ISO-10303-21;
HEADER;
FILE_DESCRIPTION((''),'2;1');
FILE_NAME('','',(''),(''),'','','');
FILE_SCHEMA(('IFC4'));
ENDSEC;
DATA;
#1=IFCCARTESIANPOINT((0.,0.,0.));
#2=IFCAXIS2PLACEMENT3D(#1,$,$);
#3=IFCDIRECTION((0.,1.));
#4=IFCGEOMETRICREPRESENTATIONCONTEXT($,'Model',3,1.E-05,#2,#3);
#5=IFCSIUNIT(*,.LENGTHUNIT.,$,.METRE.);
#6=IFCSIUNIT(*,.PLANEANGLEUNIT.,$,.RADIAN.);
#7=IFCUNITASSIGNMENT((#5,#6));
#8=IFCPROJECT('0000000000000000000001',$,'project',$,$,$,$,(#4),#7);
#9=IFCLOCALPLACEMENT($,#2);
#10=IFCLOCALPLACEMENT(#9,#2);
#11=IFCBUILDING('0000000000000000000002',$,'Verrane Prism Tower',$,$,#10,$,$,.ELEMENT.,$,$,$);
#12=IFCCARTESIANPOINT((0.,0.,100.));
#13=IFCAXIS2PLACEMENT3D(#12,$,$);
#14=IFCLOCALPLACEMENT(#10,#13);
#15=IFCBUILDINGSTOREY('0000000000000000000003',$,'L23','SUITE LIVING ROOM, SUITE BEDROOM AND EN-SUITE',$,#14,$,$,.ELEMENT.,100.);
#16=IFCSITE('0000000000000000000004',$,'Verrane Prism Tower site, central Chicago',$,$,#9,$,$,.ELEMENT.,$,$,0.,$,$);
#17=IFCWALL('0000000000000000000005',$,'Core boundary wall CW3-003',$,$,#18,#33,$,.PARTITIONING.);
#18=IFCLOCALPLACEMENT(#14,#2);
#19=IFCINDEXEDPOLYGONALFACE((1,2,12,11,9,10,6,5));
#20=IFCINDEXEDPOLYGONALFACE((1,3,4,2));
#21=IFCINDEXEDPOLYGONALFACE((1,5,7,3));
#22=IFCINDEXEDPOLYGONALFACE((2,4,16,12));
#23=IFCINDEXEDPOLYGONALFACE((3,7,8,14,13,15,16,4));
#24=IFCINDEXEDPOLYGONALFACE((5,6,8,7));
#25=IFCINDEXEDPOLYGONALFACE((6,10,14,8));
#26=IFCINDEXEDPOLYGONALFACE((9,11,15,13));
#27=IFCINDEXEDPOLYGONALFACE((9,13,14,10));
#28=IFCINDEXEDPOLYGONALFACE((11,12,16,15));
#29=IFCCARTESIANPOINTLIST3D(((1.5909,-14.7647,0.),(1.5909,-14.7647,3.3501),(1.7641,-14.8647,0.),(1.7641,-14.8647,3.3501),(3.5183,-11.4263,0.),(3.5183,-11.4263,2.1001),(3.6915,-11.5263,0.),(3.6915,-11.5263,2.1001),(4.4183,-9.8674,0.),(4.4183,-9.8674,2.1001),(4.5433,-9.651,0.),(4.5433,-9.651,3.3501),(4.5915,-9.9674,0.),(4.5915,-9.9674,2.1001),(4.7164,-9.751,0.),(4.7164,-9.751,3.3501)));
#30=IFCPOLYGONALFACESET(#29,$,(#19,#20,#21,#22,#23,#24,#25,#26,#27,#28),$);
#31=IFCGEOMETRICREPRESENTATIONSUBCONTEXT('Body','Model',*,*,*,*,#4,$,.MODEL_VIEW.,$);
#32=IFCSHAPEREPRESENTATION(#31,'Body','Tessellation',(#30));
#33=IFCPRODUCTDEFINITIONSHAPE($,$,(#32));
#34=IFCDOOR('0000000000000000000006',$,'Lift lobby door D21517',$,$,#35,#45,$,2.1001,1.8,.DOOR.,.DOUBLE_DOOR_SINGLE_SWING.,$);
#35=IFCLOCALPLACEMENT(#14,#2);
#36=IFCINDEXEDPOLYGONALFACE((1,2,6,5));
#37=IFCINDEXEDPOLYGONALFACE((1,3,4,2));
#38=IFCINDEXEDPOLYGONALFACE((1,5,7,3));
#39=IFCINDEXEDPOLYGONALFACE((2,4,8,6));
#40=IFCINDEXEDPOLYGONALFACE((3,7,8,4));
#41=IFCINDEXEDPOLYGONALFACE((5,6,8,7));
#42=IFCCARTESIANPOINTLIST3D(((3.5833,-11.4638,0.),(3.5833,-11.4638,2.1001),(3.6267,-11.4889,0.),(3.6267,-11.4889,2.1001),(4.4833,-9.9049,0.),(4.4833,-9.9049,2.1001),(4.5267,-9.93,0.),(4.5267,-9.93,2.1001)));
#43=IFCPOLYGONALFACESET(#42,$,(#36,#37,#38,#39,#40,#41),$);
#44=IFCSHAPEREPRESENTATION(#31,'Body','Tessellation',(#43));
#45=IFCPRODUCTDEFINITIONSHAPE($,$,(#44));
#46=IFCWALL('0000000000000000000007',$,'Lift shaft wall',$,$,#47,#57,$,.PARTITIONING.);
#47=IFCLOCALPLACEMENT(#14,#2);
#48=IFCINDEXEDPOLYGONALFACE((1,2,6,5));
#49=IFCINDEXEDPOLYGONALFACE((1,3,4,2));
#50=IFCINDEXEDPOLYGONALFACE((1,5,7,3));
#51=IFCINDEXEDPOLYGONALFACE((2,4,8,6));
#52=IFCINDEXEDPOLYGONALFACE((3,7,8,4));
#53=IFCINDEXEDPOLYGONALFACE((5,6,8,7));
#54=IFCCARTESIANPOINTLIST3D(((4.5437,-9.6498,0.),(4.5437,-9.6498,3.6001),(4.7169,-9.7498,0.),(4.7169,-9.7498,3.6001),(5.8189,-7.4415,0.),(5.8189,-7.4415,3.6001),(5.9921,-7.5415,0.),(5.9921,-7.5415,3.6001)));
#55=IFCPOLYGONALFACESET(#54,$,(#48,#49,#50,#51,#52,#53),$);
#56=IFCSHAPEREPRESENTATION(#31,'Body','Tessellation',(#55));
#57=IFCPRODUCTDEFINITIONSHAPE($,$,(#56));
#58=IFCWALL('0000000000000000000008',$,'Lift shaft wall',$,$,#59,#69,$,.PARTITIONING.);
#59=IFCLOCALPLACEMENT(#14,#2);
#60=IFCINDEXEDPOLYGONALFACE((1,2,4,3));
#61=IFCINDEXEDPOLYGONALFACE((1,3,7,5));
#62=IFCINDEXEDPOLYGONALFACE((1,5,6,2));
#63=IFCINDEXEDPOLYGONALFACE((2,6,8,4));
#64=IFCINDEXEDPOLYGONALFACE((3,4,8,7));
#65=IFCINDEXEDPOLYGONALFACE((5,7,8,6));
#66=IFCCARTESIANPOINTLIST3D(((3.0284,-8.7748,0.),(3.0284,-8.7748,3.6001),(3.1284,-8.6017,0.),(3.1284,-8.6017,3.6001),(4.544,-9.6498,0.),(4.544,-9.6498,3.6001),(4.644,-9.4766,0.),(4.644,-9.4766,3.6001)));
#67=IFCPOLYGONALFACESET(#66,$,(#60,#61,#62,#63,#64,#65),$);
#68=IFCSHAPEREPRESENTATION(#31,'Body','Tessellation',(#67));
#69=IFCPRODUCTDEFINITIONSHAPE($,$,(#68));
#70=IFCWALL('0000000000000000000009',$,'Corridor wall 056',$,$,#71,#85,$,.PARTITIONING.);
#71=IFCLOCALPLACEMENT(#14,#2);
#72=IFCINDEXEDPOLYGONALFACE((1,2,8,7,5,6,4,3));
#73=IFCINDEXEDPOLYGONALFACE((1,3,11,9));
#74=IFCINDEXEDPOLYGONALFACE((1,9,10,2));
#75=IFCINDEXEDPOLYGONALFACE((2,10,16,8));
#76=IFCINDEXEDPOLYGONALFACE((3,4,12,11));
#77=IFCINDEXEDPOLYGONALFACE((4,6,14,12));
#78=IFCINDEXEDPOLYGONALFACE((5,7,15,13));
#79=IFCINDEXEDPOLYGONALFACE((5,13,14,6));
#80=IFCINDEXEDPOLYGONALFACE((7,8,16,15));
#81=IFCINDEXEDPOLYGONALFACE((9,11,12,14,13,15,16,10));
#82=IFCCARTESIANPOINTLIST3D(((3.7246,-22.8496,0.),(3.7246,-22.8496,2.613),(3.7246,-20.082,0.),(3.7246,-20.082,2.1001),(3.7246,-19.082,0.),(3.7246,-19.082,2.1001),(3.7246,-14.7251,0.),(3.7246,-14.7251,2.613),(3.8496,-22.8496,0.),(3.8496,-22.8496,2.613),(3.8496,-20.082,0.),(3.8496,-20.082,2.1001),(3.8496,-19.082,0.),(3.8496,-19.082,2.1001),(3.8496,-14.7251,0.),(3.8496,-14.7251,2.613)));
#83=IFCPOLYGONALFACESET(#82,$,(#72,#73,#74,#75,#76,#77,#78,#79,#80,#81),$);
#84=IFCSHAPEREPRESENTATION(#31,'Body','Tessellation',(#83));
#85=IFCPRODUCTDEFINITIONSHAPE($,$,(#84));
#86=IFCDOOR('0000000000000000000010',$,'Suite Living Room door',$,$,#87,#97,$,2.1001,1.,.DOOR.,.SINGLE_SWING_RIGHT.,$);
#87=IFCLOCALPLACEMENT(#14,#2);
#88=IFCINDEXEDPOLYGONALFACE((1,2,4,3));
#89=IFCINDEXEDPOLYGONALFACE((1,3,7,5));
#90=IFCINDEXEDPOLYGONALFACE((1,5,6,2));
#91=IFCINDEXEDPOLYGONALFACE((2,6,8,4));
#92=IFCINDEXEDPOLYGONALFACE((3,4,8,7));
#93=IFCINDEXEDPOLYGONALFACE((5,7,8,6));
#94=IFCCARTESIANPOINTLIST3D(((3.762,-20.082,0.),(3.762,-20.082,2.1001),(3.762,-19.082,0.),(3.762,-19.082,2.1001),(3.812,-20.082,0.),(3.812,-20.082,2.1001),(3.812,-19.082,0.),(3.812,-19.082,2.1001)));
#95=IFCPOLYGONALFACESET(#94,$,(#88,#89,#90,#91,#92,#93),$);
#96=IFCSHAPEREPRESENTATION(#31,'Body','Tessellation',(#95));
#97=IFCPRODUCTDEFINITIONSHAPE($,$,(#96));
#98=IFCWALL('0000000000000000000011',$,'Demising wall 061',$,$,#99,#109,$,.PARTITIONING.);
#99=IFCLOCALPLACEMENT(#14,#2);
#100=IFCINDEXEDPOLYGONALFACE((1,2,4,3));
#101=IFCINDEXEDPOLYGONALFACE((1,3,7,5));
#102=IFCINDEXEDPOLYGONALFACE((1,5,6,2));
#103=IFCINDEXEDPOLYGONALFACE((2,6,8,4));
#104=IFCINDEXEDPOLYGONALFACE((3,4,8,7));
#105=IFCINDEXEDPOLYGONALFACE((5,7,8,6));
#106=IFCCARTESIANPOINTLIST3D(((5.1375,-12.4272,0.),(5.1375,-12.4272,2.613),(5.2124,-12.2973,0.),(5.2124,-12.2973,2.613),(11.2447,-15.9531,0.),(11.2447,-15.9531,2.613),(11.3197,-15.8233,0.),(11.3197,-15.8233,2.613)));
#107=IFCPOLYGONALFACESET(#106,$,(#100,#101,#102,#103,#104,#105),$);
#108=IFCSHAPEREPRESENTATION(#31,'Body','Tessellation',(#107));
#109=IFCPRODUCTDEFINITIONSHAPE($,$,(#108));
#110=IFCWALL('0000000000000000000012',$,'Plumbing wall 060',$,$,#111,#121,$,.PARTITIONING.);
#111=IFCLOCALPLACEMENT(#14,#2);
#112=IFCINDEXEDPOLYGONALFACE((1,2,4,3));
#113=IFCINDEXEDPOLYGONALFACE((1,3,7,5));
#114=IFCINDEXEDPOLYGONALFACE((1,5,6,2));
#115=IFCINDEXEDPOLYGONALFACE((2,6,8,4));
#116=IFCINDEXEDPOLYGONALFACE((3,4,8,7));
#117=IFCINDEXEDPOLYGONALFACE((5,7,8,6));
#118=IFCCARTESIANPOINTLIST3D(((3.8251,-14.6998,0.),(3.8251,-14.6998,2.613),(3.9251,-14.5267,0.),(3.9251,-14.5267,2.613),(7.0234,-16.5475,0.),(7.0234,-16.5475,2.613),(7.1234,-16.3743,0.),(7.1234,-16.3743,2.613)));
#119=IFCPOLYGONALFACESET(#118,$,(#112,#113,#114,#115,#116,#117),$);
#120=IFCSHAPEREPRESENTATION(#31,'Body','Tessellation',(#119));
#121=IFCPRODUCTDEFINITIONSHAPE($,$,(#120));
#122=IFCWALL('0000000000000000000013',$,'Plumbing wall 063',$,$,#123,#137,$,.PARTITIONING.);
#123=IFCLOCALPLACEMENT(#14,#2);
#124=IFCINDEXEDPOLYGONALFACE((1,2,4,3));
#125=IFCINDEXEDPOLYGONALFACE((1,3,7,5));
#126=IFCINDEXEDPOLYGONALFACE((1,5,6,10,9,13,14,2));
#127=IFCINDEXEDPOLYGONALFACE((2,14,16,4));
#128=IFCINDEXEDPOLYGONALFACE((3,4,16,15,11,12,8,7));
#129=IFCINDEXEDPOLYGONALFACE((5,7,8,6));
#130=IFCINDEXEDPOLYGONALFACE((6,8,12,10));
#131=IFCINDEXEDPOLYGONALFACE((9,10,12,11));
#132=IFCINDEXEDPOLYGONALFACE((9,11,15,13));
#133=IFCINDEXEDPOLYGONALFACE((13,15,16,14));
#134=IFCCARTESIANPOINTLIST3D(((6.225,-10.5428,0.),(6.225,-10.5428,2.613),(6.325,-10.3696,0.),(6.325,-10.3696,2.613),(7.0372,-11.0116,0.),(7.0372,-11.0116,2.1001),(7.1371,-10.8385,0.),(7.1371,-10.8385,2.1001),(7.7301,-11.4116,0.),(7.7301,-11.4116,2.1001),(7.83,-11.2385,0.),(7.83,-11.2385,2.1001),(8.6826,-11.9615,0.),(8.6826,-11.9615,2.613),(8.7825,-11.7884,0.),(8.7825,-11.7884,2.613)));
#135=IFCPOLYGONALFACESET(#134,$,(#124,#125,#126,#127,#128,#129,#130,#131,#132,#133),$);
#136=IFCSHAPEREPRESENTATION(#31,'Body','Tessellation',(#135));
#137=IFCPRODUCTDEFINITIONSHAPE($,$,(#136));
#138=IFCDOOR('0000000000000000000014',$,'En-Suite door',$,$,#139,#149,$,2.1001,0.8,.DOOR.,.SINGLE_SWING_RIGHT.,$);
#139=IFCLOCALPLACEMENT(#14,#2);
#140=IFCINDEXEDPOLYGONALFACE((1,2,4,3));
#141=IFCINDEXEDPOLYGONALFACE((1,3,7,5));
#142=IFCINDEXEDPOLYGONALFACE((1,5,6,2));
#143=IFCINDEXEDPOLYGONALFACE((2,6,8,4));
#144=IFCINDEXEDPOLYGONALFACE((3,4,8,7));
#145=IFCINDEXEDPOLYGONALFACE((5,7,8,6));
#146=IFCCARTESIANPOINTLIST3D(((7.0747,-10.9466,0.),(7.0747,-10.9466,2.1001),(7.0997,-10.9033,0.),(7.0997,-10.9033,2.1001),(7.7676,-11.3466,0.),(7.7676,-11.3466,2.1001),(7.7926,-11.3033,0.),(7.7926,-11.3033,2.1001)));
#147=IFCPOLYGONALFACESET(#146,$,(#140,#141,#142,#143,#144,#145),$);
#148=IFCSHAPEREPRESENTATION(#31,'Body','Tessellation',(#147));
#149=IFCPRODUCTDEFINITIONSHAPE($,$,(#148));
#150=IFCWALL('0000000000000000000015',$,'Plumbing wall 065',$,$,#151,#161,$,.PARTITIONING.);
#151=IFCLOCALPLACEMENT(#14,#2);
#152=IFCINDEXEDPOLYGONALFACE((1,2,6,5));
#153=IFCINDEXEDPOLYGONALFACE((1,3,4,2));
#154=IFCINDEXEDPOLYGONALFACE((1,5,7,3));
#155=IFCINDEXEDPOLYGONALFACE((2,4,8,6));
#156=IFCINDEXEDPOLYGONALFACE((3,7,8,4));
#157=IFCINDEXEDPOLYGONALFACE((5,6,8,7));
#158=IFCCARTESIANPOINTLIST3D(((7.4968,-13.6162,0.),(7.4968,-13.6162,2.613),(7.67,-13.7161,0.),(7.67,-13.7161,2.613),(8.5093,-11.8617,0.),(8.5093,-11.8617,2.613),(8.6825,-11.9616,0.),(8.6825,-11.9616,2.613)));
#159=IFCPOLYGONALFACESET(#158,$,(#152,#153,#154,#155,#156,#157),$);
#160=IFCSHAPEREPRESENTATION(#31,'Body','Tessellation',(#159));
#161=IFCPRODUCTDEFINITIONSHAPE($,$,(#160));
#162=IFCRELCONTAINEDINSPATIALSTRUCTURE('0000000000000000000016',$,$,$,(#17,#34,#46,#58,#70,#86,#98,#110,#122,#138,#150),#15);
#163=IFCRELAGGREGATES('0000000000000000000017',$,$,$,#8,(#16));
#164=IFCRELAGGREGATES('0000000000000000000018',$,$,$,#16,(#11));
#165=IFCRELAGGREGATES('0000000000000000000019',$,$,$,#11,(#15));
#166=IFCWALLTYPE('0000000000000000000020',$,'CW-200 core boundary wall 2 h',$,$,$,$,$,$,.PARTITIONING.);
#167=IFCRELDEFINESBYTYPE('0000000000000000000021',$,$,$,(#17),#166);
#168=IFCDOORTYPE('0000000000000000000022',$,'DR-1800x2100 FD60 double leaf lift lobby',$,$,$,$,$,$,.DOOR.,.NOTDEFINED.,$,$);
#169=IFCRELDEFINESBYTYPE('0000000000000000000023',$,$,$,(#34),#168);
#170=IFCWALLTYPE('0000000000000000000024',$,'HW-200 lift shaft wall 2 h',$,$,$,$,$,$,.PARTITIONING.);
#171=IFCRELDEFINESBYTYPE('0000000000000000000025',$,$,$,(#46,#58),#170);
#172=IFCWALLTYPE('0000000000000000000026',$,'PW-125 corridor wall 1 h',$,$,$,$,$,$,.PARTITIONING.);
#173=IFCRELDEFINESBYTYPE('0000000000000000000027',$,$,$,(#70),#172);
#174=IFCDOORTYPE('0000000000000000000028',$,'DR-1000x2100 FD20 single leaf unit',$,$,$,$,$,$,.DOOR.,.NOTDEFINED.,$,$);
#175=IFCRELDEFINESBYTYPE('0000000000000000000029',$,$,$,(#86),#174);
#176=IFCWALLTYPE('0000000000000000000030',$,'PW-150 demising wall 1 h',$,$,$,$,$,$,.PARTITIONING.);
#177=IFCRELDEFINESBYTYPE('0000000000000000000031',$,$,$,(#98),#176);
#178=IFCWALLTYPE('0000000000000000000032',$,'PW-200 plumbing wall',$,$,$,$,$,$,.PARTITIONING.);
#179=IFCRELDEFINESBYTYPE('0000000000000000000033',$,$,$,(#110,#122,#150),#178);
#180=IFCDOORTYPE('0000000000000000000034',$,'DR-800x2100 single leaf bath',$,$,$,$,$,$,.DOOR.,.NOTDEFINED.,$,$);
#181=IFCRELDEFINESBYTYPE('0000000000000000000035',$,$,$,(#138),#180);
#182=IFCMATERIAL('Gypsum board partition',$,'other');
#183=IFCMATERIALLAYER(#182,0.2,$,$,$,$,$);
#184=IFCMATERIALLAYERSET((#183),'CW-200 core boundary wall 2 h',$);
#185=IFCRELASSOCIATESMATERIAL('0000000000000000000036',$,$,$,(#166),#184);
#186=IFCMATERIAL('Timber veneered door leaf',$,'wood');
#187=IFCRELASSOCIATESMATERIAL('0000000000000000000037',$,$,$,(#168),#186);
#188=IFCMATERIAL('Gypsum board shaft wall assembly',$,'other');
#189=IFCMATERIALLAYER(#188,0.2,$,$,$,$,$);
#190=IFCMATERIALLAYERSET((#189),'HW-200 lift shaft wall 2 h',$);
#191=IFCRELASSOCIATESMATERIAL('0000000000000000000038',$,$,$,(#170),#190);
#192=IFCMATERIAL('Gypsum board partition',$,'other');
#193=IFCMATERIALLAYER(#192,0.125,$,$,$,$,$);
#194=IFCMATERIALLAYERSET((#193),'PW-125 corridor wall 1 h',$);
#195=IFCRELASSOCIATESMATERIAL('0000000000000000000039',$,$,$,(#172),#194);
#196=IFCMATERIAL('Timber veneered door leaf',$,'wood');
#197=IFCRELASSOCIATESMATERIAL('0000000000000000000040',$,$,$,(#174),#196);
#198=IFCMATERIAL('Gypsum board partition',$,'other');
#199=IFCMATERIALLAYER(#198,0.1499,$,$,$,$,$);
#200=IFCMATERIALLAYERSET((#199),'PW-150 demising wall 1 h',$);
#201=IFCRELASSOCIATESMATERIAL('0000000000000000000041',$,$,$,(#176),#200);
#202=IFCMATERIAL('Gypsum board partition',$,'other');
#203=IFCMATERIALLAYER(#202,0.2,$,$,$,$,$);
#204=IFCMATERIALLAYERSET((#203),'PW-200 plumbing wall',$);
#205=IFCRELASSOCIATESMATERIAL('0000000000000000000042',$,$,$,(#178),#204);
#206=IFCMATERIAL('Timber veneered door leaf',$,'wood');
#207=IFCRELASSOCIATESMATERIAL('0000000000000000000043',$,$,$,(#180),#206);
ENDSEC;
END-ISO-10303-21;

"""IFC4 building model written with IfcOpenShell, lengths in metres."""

from ifc_helpers import new_model, si_unit, direction, frame, frame_2d, origin, place, context, subcontext, project, spatial, rectangle, extrude, material, layer, layer_set, type_object, element, fill, save


model = new_model("IFC4")

# Units and contexts
model_context = context("Model", 3, precision=1e-05, world=origin(), true_north=direction((0.0, 1.0)))
body_context = subcontext(model_context, "Body", "Model", "MODEL_VIEW")
ifc_project = project(units=[si_unit("LENGTHUNIT", "METRE"), si_unit("PLANEANGLEUNIT", "RADIAN")], contexts=[model_context])

# Site, building, storey
site_placement = place(None, origin())
site = spatial("IfcSite", under=ifc_project, at=site_placement, Name="Verrane Prism Tower site, central Chicago", CompositionType="ELEMENT", RefElevation=0.0)
building_placement = place(site_placement, origin())
building = spatial("IfcBuilding", under=site, at=building_placement, Name="Verrane Prism Tower", CompositionType="ELEMENT")
storey_placement = place(building_placement, frame((0.0, 0.0, 100.0)))
storey = spatial("IfcBuildingStorey", under=building, at=storey_placement, Name="L23", Description="SUITE LIVING ROOM, SUITE BEDROOM AND EN-SUITE", CompositionType="ELEMENT", Elevation=100.0)

# Wall, opening, door
ifc_material_1 = material(Name="Gypsum board partition", Category="other")
ifc_layer_1 = layer(ifc_material_1, 0.2)
ifc_layer_set_1 = layer_set([ifc_layer_1], Name="CW-200 core boundary wall 2 h")
wall_type_1 = type_object("IfcWallType", Name="CW-200 core boundary wall 2 h", PredefinedType="PARTITIONING", material=ifc_layer_set_1)
wall_1_placement = place(storey_placement, frame((1.6775, -14.8147, 0.0), z_axis=(0.0, 0.0, 1.0), x_axis=(0.499994, 0.866029, 0.0)))
wall_1 = element("IfcWall", 1, at=wall_1_placement, inside=storey, type_object=wall_type_1, Name="Core boundary wall CW3-003", PredefinedType="PARTITIONING", context=body_context, shape_type="SweptSolid", body=[
    extrude(rectangle(XDim=5.9048, YDim=0.2, at=frame_2d((2.9524, 0.0))), origin(), (0.0, 0.0, 1.0), 3.3501),
])
opening_1_placement = place(wall_1_placement, frame((3.855, 0.0, 0.0)))
opening_1 = element("IfcOpeningElement", 2, at=opening_1_placement, cuts=wall_1, PredefinedType="OPENING", context=body_context, shape_type="SweptSolid", body=[
    extrude(rectangle(XDim=1.8, YDim=2.1001, at=frame_2d((0.8999, 1.05))), frame((0.0, 0.1099, 0.0), z_axis=(0.0, -1.0, 0.0), x_axis=(1.0, 0.0, 0.0)), (0.0, 0.0, 1.0), 0.22),
])
ifc_material_2 = material(Name="Timber veneered door leaf", Category="wood")
door_type_1 = type_object("IfcDoorType", Name="DR-1800x2100 FD60 double leaf lift lobby", OperationType="NOTDEFINED", PredefinedType="DOOR", material=ifc_material_2)
door_1_placement = place(opening_1_placement, origin())
door_1 = element("IfcDoor", 3, at=door_1_placement, inside=storey, type_object=door_type_1, Name="Lift lobby door D21517", OperationType="DOUBLE_DOOR_SINGLE_SWING", OverallHeight=2.1001, OverallWidth=1.8, PredefinedType="DOOR", context=body_context, shape_type="SweptSolid", body=[
    extrude(rectangle(XDim=1.8, YDim=2.1001, at=frame_2d((0.8999, 1.05))), frame((0.0, 0.0249, 0.0), z_axis=(0.0, -1.0, 0.0), x_axis=(1.0, 0.0, 0.0)), (0.0, 0.0, 1.0), 0.05),
])
fill(opening_1, door_1)

# Walls
ifc_material_3 = material(Name="Gypsum board shaft wall assembly", Category="other")
ifc_layer_2 = layer(ifc_material_3, 0.2)
ifc_layer_set_2 = layer_set([ifc_layer_2], Name="HW-200 lift shaft wall 2 h")
wall_type_2 = type_object("IfcWallType", Name="HW-200 lift shaft wall 2 h", PredefinedType="PARTITIONING", material=ifc_layer_set_2)
wall_2_placement = place(storey_placement, frame((4.6304, -9.6997, 0.0), z_axis=(0.0, 0.0, 1.0), x_axis=(0.500062, 0.865989, 0.0)))
element("IfcWall", 4, at=wall_2_placement, inside=storey, type_object=wall_type_2, Name="Lift shaft wall", PredefinedType="PARTITIONING", context=body_context, shape_type="SweptSolid", body=[
    extrude(rectangle(XDim=2.55, YDim=0.2, at=frame_2d((1.2749, 0.0))), origin(), (0.0, 0.0, 1.0), 3.6001),
])
wall_3_placement = place(storey_placement, frame((4.594, -9.5632, 0.0), z_axis=(0.0, 0.0, 1.0), x_axis=(-0.866037, 0.49998, 0.0)))
element("IfcWall", 5, at=wall_3_placement, inside=storey, type_object=wall_type_2, Name="Lift shaft wall", PredefinedType="PARTITIONING", context=body_context, shape_type="SweptSolid", body=[
    extrude(rectangle(XDim=1.75, YDim=0.2, at=frame_2d((0.875, 0.0))), origin(), (0.0, 0.0, 1.0), 3.6001),
])

# Wall, opening, door
ifc_material_4 = material(Name="Gypsum board partition", Category="other")
ifc_layer_3 = layer(ifc_material_4, 0.125)
ifc_layer_set_3 = layer_set([ifc_layer_3], Name="PW-125 corridor wall 1 h")
wall_type_3 = type_object("IfcWallType", Name="PW-125 corridor wall 1 h", PredefinedType="PARTITIONING", material=ifc_layer_set_3)
wall_4_placement = place(storey_placement, frame((3.7871, -14.7251, 0.0), z_axis=(0.0, 0.0, 1.0), x_axis=(0.0, -1.0, 0.0)))
wall_4 = element("IfcWall", 6, at=wall_4_placement, inside=storey, type_object=wall_type_3, Name="Corridor wall 056", PredefinedType="PARTITIONING", context=body_context, shape_type="SweptSolid", body=[
    extrude(rectangle(XDim=8.1245, YDim=0.125, at=frame_2d((4.0623, 0.0))), origin(), (0.0, 0.0, 1.0), 2.613),
])
opening_2_placement = place(wall_4_placement, frame((4.3569, 0.0, 0.0)))
opening_2 = element("IfcOpeningElement", 7, at=opening_2_placement, cuts=wall_4, PredefinedType="OPENING", context=body_context, shape_type="SweptSolid", body=[
    extrude(rectangle(XDim=1.0, YDim=2.1001, at=frame_2d((0.5, 1.05))), frame((0.0, 0.0725, 0.0), z_axis=(0.0, -1.0, 0.0), x_axis=(1.0, 0.0, 0.0)), (0.0, 0.0, 1.0), 0.145),
])
ifc_material_5 = material(Name="Timber veneered door leaf", Category="wood")
door_type_2 = type_object("IfcDoorType", Name="DR-1000x2100 FD20 single leaf unit", OperationType="NOTDEFINED", PredefinedType="DOOR", material=ifc_material_5)
door_2_placement = place(opening_2_placement, origin())
door_2 = element("IfcDoor", 8, at=door_2_placement, inside=storey, type_object=door_type_2, Name="Suite Living Room door", OperationType="SINGLE_SWING_RIGHT", OverallHeight=2.1001, OverallWidth=1.0, PredefinedType="DOOR", context=body_context, shape_type="SweptSolid", body=[
    extrude(rectangle(XDim=1.0, YDim=2.1001, at=frame_2d((0.5, 1.05))), frame((0.0, 0.0249, 0.0), z_axis=(0.0, -1.0, 0.0), x_axis=(1.0, 0.0, 0.0)), (0.0, 0.0, 1.0), 0.05),
])
fill(opening_2, door_2)

# Walls
ifc_material_6 = material(Name="Gypsum board partition", Category="other")
ifc_layer_4 = layer(ifc_material_6, 0.1499)
ifc_layer_set_4 = layer_set([ifc_layer_4], Name="PW-150 demising wall 1 h")
wall_type_4 = type_object("IfcWallType", Name="PW-150 demising wall 1 h", PredefinedType="PARTITIONING", material=ifc_layer_set_4)
wall_5_placement = place(storey_placement, frame((5.175, -12.3623, 0.0), z_axis=(0.0, 0.0, 1.0), x_axis=(0.866032, -0.499989, 0.0)))
element("IfcWall", 9, at=wall_5_placement, inside=storey, type_object=wall_type_4, Name="Demising wall 061", PredefinedType="PARTITIONING", context=body_context, shape_type="SweptSolid", body=[
    extrude(rectangle(XDim=7.052, YDim=0.1499, at=frame_2d((3.5259, 0.0))), origin(), (0.0, 0.0, 1.0), 2.613),
])
ifc_material_7 = material(Name="Gypsum board partition", Category="other")
ifc_layer_5 = layer(ifc_material_7, 0.2)
ifc_layer_set_5 = layer_set([ifc_layer_5], Name="PW-200 plumbing wall")
wall_type_5 = type_object("IfcWallType", Name="PW-200 plumbing wall", PredefinedType="PARTITIONING", material=ifc_layer_set_5)
wall_6_placement = place(storey_placement, frame((3.8752, -14.6133, 0.0), z_axis=(0.0, 0.0, 1.0), x_axis=(0.865891, -0.500234, 0.0)))
element("IfcWall", 10, at=wall_6_placement, inside=storey, type_object=wall_type_5, Name="Plumbing wall 060", PredefinedType="PARTITIONING", context=body_context, shape_type="SweptSolid", body=[
    extrude(rectangle(XDim=3.6936, YDim=0.2, at=frame_2d((1.8467, 0.0))), origin(), (0.0, 0.0, 1.0), 2.613),
])

# Wall, opening, door
wall_7_placement = place(storey_placement, frame((8.7327, -11.875, 0.0), z_axis=(0.0, 0.0, 1.0), x_axis=(-0.866048, 0.499961, 0.0)))
wall_7 = element("IfcWall", 11, at=wall_7_placement, inside=storey, type_object=wall_type_5, Name="Plumbing wall 063", PredefinedType="PARTITIONING", context=body_context, shape_type="SweptSolid", body=[
    extrude(rectangle(XDim=2.8376, YDim=0.2, at=frame_2d((1.4189, 0.0))), origin(), (0.0, 0.0, 1.0), 2.613),
])
opening_3_placement = place(wall_7_placement, frame((1.1001, 0.0, 0.0)))
opening_3 = element("IfcOpeningElement", 12, at=opening_3_placement, cuts=wall_7, PredefinedType="OPENING", context=body_context, shape_type="SweptSolid", body=[
    extrude(rectangle(XDim=0.8, YDim=2.1001, at=frame_2d((0.3999, 1.05))), frame((0.0, 0.1099, 0.0), z_axis=(0.0, -1.0, 0.0), x_axis=(1.0, 0.0, 0.0)), (0.0, 0.0, 1.0), 0.22),
])
ifc_material_8 = material(Name="Timber veneered door leaf", Category="wood")
door_type_3 = type_object("IfcDoorType", Name="DR-800x2100 single leaf bath", OperationType="NOTDEFINED", PredefinedType="DOOR", material=ifc_material_8)
door_3_placement = place(opening_3_placement, origin())
door_3 = element("IfcDoor", 13, at=door_3_placement, inside=storey, type_object=door_type_3, Name="En-Suite door", OperationType="SINGLE_SWING_RIGHT", OverallHeight=2.1001, OverallWidth=0.8, PredefinedType="DOOR", context=body_context, shape_type="SweptSolid", body=[
    extrude(rectangle(XDim=0.8, YDim=2.1001, at=frame_2d((0.3999, 1.05))), frame((0.0, 0.0249, 0.0), z_axis=(0.0, -1.0, 0.0), x_axis=(1.0, 0.0, 0.0)), (0.0, 0.0, 1.0), 0.05),
])
fill(opening_3, door_3)

# Wall
wall_8_placement = place(storey_placement, frame((7.5835, -13.666, 0.0), z_axis=(0.0, 0.0, 1.0), x_axis=(0.499834, 0.866121, 0.0)))
element("IfcWall", 14, at=wall_8_placement, inside=storey, type_object=wall_type_5, Name="Plumbing wall 065", PredefinedType="PARTITIONING", context=body_context, shape_type="SweptSolid", body=[
    extrude(rectangle(XDim=2.0256, YDim=0.2, at=frame_2d((1.0127, 0.0))), origin(), (0.0, 0.0, 1.0), 2.613),
])

save(model, "model.ifc")
